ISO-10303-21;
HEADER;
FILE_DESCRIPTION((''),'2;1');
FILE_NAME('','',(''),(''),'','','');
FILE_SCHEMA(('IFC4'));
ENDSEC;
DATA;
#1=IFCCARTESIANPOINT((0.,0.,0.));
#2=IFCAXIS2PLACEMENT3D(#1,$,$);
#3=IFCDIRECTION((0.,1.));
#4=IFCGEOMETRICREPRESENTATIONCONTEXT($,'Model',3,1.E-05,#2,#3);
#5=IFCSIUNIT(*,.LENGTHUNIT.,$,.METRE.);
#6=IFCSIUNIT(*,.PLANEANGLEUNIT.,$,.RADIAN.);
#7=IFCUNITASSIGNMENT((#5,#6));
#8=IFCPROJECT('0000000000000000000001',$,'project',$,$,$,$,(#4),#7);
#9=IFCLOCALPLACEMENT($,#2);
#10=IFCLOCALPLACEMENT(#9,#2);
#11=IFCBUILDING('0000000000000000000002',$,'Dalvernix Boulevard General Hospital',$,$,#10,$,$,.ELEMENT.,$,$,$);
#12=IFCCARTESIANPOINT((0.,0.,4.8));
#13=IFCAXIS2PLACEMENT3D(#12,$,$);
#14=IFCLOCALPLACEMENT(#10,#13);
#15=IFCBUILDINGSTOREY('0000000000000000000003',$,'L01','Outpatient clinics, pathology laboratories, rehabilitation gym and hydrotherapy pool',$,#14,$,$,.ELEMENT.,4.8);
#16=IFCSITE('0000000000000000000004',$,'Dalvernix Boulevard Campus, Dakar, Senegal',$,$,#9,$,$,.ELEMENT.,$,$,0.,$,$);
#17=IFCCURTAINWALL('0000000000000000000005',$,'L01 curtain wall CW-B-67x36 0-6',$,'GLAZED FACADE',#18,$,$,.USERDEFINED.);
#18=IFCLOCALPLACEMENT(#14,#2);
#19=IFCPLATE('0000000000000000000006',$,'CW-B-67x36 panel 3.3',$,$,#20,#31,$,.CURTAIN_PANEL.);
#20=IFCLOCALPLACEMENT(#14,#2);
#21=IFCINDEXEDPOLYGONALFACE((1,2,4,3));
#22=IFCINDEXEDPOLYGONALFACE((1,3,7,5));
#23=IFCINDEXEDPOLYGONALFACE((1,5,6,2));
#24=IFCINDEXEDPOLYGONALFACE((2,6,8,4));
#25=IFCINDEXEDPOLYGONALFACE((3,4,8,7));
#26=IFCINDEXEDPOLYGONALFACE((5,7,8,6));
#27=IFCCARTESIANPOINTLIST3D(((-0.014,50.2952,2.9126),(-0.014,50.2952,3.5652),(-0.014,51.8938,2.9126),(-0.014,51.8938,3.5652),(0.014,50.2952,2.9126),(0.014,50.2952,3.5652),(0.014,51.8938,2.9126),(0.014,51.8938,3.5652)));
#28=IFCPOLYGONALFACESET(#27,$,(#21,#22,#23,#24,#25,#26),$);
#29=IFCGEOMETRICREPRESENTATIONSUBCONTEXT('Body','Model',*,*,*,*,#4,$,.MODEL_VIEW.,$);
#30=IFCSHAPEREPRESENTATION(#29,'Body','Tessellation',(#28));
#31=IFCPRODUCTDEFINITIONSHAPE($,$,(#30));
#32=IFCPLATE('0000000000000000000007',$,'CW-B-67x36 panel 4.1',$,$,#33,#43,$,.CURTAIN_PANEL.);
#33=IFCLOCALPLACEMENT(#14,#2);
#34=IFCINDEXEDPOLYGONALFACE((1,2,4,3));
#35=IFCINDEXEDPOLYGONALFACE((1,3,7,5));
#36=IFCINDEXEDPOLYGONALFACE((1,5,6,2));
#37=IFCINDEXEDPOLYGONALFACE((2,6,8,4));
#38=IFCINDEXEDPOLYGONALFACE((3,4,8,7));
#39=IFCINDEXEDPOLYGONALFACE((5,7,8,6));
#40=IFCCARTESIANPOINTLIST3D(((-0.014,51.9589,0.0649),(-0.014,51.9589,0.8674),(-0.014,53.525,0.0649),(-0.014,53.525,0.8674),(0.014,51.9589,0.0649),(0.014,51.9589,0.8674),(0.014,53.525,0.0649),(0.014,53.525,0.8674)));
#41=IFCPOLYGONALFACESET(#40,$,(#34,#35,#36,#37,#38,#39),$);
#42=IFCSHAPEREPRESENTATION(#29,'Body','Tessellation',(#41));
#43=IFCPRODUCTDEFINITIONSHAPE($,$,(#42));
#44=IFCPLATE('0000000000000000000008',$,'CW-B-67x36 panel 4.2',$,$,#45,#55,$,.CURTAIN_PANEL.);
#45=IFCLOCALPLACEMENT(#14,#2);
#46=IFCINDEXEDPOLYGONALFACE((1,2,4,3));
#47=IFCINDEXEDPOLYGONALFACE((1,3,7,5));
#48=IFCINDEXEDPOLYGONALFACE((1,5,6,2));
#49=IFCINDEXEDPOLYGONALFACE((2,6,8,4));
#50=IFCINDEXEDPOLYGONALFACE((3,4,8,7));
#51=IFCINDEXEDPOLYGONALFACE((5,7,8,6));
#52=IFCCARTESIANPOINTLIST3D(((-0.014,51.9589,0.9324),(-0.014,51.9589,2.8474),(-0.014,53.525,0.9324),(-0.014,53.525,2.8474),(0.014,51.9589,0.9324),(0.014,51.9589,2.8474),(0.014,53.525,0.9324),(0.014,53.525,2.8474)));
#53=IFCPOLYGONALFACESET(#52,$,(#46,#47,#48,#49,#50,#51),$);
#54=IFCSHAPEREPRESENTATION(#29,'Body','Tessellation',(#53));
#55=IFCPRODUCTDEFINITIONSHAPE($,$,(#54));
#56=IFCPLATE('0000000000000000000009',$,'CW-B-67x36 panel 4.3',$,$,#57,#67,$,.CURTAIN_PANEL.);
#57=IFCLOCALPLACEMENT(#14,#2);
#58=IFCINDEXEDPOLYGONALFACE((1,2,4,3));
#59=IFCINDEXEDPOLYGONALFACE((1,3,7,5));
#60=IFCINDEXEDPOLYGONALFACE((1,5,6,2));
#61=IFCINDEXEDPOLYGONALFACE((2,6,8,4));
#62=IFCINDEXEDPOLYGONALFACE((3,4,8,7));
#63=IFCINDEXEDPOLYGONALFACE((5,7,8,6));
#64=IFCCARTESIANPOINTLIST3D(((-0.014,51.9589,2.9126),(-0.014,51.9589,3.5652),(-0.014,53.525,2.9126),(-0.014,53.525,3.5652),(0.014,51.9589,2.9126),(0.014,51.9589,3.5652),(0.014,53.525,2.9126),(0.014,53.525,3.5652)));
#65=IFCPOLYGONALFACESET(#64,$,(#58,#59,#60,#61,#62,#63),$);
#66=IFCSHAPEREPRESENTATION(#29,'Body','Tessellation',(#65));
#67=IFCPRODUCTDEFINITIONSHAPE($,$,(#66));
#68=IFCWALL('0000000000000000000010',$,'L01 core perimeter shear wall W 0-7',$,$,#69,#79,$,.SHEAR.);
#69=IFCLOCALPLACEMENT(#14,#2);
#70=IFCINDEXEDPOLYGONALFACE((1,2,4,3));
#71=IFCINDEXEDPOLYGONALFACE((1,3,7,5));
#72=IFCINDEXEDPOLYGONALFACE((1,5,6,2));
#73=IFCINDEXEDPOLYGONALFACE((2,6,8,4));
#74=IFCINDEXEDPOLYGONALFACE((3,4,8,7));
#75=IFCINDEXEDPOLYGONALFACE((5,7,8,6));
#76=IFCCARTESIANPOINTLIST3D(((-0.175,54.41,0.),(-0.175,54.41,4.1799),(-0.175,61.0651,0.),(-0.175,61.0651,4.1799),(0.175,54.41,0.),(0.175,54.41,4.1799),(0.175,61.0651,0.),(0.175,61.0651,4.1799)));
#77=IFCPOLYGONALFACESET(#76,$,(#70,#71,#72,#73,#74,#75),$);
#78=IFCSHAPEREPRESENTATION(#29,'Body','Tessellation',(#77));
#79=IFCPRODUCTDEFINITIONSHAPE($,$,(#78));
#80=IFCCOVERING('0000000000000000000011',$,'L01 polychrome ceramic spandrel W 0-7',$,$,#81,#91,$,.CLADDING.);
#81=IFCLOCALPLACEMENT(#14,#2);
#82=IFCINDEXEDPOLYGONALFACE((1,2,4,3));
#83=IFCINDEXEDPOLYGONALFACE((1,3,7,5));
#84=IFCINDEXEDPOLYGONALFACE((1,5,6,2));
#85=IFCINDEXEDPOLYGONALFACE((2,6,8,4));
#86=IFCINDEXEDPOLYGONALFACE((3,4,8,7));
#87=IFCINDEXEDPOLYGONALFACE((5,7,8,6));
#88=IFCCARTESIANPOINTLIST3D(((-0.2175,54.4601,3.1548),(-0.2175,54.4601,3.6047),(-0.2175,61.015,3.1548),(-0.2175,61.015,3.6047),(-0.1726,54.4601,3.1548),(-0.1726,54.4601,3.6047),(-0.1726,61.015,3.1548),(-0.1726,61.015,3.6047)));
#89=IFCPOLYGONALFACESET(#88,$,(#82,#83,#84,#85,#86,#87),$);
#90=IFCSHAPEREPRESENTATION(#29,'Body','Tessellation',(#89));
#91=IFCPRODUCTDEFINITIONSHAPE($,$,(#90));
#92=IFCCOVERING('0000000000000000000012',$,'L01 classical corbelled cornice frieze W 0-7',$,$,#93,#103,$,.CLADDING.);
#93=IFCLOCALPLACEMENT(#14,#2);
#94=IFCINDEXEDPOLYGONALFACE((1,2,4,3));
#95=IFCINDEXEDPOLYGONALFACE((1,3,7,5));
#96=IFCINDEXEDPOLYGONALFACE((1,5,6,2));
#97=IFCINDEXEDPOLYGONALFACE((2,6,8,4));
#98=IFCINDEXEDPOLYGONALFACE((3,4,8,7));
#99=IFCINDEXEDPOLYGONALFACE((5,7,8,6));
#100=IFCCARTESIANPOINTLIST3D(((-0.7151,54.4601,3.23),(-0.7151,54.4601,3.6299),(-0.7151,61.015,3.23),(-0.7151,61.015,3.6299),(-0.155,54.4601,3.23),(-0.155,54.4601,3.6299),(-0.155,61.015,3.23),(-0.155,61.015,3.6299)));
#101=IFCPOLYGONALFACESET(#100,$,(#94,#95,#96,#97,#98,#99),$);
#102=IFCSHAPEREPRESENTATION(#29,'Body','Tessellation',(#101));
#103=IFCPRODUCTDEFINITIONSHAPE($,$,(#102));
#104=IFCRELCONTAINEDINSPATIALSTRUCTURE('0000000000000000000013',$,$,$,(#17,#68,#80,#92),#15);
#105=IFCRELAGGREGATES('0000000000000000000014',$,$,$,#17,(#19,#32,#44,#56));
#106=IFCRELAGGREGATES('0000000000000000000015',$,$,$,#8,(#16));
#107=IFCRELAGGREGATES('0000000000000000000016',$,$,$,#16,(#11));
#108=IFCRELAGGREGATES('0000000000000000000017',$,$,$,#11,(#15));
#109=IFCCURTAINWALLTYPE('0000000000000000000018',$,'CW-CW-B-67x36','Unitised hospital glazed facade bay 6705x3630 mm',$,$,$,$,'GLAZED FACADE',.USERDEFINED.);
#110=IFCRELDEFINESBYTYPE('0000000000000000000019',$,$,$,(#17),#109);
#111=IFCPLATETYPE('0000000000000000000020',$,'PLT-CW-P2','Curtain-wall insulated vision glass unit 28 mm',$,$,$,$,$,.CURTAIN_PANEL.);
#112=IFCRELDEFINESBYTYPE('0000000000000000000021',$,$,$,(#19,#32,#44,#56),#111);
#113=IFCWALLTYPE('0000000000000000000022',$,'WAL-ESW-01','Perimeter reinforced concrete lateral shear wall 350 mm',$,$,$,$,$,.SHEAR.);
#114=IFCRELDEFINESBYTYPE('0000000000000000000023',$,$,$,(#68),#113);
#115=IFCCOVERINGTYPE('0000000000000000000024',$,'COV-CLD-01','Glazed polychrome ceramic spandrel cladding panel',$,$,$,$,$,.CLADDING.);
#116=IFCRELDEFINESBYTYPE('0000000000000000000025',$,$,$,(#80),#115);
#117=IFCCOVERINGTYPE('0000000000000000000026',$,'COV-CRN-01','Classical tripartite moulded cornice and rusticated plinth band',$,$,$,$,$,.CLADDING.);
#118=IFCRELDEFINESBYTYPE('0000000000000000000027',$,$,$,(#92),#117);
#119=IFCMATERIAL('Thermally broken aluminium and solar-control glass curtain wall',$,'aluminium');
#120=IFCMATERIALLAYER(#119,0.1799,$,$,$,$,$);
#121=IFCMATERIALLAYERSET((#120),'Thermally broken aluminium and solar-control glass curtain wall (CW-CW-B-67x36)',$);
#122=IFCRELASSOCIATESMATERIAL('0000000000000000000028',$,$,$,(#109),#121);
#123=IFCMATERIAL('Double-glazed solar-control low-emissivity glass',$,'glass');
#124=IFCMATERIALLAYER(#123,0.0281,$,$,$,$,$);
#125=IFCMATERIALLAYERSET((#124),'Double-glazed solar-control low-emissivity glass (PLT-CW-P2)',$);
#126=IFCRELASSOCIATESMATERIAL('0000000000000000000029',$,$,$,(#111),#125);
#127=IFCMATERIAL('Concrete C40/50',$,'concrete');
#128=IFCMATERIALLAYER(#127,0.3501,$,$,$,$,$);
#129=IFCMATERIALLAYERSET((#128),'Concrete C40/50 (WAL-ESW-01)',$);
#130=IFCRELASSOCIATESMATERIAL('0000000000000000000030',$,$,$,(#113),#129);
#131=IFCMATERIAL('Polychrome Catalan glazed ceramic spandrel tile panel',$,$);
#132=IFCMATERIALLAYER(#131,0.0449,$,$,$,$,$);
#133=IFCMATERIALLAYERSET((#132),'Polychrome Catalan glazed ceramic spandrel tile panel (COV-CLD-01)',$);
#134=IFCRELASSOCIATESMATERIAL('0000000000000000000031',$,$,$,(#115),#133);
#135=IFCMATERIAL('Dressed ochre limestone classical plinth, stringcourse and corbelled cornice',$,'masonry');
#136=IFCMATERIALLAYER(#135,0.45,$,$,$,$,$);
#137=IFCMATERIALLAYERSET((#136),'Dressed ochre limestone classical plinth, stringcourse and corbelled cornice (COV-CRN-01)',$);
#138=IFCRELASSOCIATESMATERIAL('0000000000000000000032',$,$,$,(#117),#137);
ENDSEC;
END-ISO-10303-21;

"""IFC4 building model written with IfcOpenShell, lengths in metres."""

from ifc_helpers import new_model, si_unit, direction, frame, frame_2d, origin, origin_2d, place, context, subcontext, project, spatial, rectangle, extrude, material, layer, layer_set, type_object, element, aggregate, save


model = new_model("IFC4")

# Units and contexts
model_context = context("Model", 3, precision=1e-05, world=origin(), true_north=direction((0.0, 1.0)))
body_context = subcontext(model_context, "Body", "Model", "MODEL_VIEW")
ifc_project = project(units=[si_unit("LENGTHUNIT", "METRE"), si_unit("PLANEANGLEUNIT", "RADIAN")], contexts=[model_context])

# Site, building, storey
site_placement = place(None, origin())
site = spatial("IfcSite", under=ifc_project, at=site_placement, Name="Dalvernix Boulevard Campus, Dakar, Senegal", CompositionType="ELEMENT", RefElevation=0.0)
building_placement = place(site_placement, origin())
building = spatial("IfcBuilding", under=site, at=building_placement, Name="Dalvernix Boulevard General Hospital", CompositionType="ELEMENT")
storey_placement = place(building_placement, frame((0.0, 0.0, 4.8)))
storey = spatial("IfcBuildingStorey", under=building, at=storey_placement, Name="L01", Description="Outpatient clinics, pathology laboratories, rehabilitation gym and hydrotherapy pool", CompositionType="ELEMENT", Elevation=4.8)

# Shared definitions
ifc_material_1 = material(Name="Concrete C40/50", Category="concrete")

# Curtain wall, plates
ifc_material_2 = material(Name="Thermally broken aluminium and solar-control glass curtain wall", Category="aluminium")
ifc_layer_1 = layer(ifc_material_2, 0.1799)
ifc_layer_set_1 = layer_set([ifc_layer_1], Name="Thermally broken aluminium and solar-control glass curtain wall (CW-CW-B-67x36)")
curtain_wall_type = type_object("IfcCurtainWallType", Name="CW-CW-B-67x36", Description="Unitised hospital glazed facade bay 6705x3630 mm", ElementType="GLAZED FACADE", PredefinedType="USERDEFINED", material=ifc_layer_set_1)
curtain_wall_placement = place(storey_placement, origin())
curtain_wall = element("IfcCurtainWall", 1, at=curtain_wall_placement, inside=storey, type_object=curtain_wall_type, Name="L01 curtain wall CW-B-67x36 0-6", ObjectType="GLAZED FACADE", PredefinedType="USERDEFINED")
ifc_material_3 = material(Name="Double-glazed solar-control low-emissivity glass", Category="glass")
ifc_layer_2 = layer(ifc_material_3, 0.0281)
ifc_layer_set_2 = layer_set([ifc_layer_2], Name="Double-glazed solar-control low-emissivity glass (PLT-CW-P2)")
plate_type = type_object("IfcPlateType", Name="PLT-CW-P2", Description="Curtain-wall insulated vision glass unit 28 mm", PredefinedType="CURTAIN_PANEL", material=ifc_layer_set_2)
plate_1_placement = place(storey_placement, frame((0.0, 51.0945, 2.9126), z_axis=(0.0, 0.0, 1.0), x_axis=(0.0, 1.0, 0.0)))
plate_1 = element("IfcPlate", 2, at=plate_1_placement, type_object=plate_type, Name="CW-B-67x36 panel 3.3", PredefinedType="CURTAIN_PANEL", context=body_context, shape_type="SweptSolid", body=[
    extrude(rectangle(XDim=1.5986, YDim=0.0281, at=origin_2d()), origin(), (0.0, 0.0, 1.0), 0.6526),
])
plate_2_placement = place(storey_placement, frame((0.0, 52.7419, 0.0649), z_axis=(0.0, 0.0, 1.0), x_axis=(0.0, 1.0, 0.0)))
plate_2 = element("IfcPlate", 3, at=plate_2_placement, type_object=plate_type, Name="CW-B-67x36 panel 4.1", PredefinedType="CURTAIN_PANEL", context=body_context, shape_type="SweptSolid", body=[
    extrude(rectangle(XDim=1.5662, YDim=0.0281, at=origin_2d()), origin(), (0.0, 0.0, 1.0), 0.8025),
])
plate_3_placement = place(storey_placement, frame((0.0, 52.7419, 0.9324), z_axis=(0.0, 0.0, 1.0), x_axis=(0.0, 1.0, 0.0)))
plate_3 = element("IfcPlate", 4, at=plate_3_placement, type_object=plate_type, Name="CW-B-67x36 panel 4.2", PredefinedType="CURTAIN_PANEL", context=body_context, shape_type="SweptSolid", body=[
    extrude(rectangle(XDim=1.5662, YDim=0.0281, at=origin_2d()), origin(), (0.0, 0.0, 1.0), 1.915),
])
plate_4_placement = place(storey_placement, frame((0.0, 52.7419, 2.9126), z_axis=(0.0, 0.0, 1.0), x_axis=(0.0, 1.0, 0.0)))
plate_4 = element("IfcPlate", 5, at=plate_4_placement, type_object=plate_type, Name="CW-B-67x36 panel 4.3", PredefinedType="CURTAIN_PANEL", context=body_context, shape_type="SweptSolid", body=[
    extrude(rectangle(XDim=1.5662, YDim=0.0281, at=origin_2d()), origin(), (0.0, 0.0, 1.0), 0.6526),
])
aggregate(curtain_wall, [plate_1, plate_2, plate_3, plate_4])

# Wall
ifc_layer_3 = layer(ifc_material_1, 0.3501)
ifc_layer_set_3 = layer_set([ifc_layer_3], Name="Concrete C40/50 (WAL-ESW-01)")
wall_type = type_object("IfcWallType", Name="WAL-ESW-01", Description="Perimeter reinforced concrete lateral shear wall 350 mm", PredefinedType="SHEAR", material=ifc_layer_set_3)
wall_placement = place(storey_placement, frame((0.0, 54.4099, 0.0), z_axis=(0.0, 0.0, 1.0), x_axis=(0.0, 1.0, 0.0)))
element("IfcWall", 6, at=wall_placement, inside=storey, type_object=wall_type, Name="L01 core perimeter shear wall W 0-7", PredefinedType="SHEAR", context=body_context, shape_type="SweptSolid", body=[
    extrude(rectangle(XDim=6.655, YDim=0.3501, at=frame_2d((3.3276, 0.0))), origin(), (0.0, 0.0, 1.0), 4.1799),
])

# Coverings
ifc_material_4 = material(Name="Polychrome Catalan glazed ceramic spandrel tile panel")
ifc_layer_4 = layer(ifc_material_4, 0.0449)
ifc_layer_set_4 = layer_set([ifc_layer_4], Name="Polychrome Catalan glazed ceramic spandrel tile panel (COV-CLD-01)")
covering_type_1 = type_object("IfcCoveringType", Name="COV-CLD-01", Description="Glazed polychrome ceramic spandrel cladding panel", PredefinedType="CLADDING", material=ifc_layer_set_4)
covering_1_placement = place(storey_placement, frame((-0.1951, 57.7375, 3.1548), z_axis=(0.0, 0.0, 1.0), x_axis=(0.0, 1.0, 0.0)))
element("IfcCovering", 7, at=covering_1_placement, inside=storey, type_object=covering_type_1, Name="L01 polychrome ceramic spandrel W 0-7", PredefinedType="CLADDING", context=body_context, shape_type="SweptSolid", body=[
    extrude(rectangle(XDim=6.5549, YDim=0.0449, at=origin_2d()), origin(), (0.0, 0.0, 1.0), 0.45),
])
ifc_material_5 = material(Name="Dressed ochre limestone classical plinth, stringcourse and corbelled cornice", Category="masonry")
ifc_layer_5 = layer(ifc_material_5, 0.45)
ifc_layer_set_5 = layer_set([ifc_layer_5], Name="Dressed ochre limestone classical plinth, stringcourse and corbelled cornice (COV-CRN-01)")
covering_type_2 = type_object("IfcCoveringType", Name="COV-CRN-01", Description="Classical tripartite moulded cornice and rusticated plinth band", PredefinedType="CLADDING", material=ifc_layer_set_5)
covering_2_placement = place(storey_placement, frame((-0.4351, 57.7375, 3.23), z_axis=(0.0, 0.0, 1.0), x_axis=(0.0, 1.0, 0.0)))
element("IfcCovering", 8, at=covering_2_placement, inside=storey, type_object=covering_type_2, Name="L01 classical corbelled cornice frieze W 0-7", PredefinedType="CLADDING", context=body_context, shape_type="SweptSolid", body=[
    extrude(rectangle(XDim=6.5549, YDim=0.5601, at=origin_2d()), origin(), (0.0, 0.0, 1.0), 0.3999),
])

save(model, "model.ifc")
